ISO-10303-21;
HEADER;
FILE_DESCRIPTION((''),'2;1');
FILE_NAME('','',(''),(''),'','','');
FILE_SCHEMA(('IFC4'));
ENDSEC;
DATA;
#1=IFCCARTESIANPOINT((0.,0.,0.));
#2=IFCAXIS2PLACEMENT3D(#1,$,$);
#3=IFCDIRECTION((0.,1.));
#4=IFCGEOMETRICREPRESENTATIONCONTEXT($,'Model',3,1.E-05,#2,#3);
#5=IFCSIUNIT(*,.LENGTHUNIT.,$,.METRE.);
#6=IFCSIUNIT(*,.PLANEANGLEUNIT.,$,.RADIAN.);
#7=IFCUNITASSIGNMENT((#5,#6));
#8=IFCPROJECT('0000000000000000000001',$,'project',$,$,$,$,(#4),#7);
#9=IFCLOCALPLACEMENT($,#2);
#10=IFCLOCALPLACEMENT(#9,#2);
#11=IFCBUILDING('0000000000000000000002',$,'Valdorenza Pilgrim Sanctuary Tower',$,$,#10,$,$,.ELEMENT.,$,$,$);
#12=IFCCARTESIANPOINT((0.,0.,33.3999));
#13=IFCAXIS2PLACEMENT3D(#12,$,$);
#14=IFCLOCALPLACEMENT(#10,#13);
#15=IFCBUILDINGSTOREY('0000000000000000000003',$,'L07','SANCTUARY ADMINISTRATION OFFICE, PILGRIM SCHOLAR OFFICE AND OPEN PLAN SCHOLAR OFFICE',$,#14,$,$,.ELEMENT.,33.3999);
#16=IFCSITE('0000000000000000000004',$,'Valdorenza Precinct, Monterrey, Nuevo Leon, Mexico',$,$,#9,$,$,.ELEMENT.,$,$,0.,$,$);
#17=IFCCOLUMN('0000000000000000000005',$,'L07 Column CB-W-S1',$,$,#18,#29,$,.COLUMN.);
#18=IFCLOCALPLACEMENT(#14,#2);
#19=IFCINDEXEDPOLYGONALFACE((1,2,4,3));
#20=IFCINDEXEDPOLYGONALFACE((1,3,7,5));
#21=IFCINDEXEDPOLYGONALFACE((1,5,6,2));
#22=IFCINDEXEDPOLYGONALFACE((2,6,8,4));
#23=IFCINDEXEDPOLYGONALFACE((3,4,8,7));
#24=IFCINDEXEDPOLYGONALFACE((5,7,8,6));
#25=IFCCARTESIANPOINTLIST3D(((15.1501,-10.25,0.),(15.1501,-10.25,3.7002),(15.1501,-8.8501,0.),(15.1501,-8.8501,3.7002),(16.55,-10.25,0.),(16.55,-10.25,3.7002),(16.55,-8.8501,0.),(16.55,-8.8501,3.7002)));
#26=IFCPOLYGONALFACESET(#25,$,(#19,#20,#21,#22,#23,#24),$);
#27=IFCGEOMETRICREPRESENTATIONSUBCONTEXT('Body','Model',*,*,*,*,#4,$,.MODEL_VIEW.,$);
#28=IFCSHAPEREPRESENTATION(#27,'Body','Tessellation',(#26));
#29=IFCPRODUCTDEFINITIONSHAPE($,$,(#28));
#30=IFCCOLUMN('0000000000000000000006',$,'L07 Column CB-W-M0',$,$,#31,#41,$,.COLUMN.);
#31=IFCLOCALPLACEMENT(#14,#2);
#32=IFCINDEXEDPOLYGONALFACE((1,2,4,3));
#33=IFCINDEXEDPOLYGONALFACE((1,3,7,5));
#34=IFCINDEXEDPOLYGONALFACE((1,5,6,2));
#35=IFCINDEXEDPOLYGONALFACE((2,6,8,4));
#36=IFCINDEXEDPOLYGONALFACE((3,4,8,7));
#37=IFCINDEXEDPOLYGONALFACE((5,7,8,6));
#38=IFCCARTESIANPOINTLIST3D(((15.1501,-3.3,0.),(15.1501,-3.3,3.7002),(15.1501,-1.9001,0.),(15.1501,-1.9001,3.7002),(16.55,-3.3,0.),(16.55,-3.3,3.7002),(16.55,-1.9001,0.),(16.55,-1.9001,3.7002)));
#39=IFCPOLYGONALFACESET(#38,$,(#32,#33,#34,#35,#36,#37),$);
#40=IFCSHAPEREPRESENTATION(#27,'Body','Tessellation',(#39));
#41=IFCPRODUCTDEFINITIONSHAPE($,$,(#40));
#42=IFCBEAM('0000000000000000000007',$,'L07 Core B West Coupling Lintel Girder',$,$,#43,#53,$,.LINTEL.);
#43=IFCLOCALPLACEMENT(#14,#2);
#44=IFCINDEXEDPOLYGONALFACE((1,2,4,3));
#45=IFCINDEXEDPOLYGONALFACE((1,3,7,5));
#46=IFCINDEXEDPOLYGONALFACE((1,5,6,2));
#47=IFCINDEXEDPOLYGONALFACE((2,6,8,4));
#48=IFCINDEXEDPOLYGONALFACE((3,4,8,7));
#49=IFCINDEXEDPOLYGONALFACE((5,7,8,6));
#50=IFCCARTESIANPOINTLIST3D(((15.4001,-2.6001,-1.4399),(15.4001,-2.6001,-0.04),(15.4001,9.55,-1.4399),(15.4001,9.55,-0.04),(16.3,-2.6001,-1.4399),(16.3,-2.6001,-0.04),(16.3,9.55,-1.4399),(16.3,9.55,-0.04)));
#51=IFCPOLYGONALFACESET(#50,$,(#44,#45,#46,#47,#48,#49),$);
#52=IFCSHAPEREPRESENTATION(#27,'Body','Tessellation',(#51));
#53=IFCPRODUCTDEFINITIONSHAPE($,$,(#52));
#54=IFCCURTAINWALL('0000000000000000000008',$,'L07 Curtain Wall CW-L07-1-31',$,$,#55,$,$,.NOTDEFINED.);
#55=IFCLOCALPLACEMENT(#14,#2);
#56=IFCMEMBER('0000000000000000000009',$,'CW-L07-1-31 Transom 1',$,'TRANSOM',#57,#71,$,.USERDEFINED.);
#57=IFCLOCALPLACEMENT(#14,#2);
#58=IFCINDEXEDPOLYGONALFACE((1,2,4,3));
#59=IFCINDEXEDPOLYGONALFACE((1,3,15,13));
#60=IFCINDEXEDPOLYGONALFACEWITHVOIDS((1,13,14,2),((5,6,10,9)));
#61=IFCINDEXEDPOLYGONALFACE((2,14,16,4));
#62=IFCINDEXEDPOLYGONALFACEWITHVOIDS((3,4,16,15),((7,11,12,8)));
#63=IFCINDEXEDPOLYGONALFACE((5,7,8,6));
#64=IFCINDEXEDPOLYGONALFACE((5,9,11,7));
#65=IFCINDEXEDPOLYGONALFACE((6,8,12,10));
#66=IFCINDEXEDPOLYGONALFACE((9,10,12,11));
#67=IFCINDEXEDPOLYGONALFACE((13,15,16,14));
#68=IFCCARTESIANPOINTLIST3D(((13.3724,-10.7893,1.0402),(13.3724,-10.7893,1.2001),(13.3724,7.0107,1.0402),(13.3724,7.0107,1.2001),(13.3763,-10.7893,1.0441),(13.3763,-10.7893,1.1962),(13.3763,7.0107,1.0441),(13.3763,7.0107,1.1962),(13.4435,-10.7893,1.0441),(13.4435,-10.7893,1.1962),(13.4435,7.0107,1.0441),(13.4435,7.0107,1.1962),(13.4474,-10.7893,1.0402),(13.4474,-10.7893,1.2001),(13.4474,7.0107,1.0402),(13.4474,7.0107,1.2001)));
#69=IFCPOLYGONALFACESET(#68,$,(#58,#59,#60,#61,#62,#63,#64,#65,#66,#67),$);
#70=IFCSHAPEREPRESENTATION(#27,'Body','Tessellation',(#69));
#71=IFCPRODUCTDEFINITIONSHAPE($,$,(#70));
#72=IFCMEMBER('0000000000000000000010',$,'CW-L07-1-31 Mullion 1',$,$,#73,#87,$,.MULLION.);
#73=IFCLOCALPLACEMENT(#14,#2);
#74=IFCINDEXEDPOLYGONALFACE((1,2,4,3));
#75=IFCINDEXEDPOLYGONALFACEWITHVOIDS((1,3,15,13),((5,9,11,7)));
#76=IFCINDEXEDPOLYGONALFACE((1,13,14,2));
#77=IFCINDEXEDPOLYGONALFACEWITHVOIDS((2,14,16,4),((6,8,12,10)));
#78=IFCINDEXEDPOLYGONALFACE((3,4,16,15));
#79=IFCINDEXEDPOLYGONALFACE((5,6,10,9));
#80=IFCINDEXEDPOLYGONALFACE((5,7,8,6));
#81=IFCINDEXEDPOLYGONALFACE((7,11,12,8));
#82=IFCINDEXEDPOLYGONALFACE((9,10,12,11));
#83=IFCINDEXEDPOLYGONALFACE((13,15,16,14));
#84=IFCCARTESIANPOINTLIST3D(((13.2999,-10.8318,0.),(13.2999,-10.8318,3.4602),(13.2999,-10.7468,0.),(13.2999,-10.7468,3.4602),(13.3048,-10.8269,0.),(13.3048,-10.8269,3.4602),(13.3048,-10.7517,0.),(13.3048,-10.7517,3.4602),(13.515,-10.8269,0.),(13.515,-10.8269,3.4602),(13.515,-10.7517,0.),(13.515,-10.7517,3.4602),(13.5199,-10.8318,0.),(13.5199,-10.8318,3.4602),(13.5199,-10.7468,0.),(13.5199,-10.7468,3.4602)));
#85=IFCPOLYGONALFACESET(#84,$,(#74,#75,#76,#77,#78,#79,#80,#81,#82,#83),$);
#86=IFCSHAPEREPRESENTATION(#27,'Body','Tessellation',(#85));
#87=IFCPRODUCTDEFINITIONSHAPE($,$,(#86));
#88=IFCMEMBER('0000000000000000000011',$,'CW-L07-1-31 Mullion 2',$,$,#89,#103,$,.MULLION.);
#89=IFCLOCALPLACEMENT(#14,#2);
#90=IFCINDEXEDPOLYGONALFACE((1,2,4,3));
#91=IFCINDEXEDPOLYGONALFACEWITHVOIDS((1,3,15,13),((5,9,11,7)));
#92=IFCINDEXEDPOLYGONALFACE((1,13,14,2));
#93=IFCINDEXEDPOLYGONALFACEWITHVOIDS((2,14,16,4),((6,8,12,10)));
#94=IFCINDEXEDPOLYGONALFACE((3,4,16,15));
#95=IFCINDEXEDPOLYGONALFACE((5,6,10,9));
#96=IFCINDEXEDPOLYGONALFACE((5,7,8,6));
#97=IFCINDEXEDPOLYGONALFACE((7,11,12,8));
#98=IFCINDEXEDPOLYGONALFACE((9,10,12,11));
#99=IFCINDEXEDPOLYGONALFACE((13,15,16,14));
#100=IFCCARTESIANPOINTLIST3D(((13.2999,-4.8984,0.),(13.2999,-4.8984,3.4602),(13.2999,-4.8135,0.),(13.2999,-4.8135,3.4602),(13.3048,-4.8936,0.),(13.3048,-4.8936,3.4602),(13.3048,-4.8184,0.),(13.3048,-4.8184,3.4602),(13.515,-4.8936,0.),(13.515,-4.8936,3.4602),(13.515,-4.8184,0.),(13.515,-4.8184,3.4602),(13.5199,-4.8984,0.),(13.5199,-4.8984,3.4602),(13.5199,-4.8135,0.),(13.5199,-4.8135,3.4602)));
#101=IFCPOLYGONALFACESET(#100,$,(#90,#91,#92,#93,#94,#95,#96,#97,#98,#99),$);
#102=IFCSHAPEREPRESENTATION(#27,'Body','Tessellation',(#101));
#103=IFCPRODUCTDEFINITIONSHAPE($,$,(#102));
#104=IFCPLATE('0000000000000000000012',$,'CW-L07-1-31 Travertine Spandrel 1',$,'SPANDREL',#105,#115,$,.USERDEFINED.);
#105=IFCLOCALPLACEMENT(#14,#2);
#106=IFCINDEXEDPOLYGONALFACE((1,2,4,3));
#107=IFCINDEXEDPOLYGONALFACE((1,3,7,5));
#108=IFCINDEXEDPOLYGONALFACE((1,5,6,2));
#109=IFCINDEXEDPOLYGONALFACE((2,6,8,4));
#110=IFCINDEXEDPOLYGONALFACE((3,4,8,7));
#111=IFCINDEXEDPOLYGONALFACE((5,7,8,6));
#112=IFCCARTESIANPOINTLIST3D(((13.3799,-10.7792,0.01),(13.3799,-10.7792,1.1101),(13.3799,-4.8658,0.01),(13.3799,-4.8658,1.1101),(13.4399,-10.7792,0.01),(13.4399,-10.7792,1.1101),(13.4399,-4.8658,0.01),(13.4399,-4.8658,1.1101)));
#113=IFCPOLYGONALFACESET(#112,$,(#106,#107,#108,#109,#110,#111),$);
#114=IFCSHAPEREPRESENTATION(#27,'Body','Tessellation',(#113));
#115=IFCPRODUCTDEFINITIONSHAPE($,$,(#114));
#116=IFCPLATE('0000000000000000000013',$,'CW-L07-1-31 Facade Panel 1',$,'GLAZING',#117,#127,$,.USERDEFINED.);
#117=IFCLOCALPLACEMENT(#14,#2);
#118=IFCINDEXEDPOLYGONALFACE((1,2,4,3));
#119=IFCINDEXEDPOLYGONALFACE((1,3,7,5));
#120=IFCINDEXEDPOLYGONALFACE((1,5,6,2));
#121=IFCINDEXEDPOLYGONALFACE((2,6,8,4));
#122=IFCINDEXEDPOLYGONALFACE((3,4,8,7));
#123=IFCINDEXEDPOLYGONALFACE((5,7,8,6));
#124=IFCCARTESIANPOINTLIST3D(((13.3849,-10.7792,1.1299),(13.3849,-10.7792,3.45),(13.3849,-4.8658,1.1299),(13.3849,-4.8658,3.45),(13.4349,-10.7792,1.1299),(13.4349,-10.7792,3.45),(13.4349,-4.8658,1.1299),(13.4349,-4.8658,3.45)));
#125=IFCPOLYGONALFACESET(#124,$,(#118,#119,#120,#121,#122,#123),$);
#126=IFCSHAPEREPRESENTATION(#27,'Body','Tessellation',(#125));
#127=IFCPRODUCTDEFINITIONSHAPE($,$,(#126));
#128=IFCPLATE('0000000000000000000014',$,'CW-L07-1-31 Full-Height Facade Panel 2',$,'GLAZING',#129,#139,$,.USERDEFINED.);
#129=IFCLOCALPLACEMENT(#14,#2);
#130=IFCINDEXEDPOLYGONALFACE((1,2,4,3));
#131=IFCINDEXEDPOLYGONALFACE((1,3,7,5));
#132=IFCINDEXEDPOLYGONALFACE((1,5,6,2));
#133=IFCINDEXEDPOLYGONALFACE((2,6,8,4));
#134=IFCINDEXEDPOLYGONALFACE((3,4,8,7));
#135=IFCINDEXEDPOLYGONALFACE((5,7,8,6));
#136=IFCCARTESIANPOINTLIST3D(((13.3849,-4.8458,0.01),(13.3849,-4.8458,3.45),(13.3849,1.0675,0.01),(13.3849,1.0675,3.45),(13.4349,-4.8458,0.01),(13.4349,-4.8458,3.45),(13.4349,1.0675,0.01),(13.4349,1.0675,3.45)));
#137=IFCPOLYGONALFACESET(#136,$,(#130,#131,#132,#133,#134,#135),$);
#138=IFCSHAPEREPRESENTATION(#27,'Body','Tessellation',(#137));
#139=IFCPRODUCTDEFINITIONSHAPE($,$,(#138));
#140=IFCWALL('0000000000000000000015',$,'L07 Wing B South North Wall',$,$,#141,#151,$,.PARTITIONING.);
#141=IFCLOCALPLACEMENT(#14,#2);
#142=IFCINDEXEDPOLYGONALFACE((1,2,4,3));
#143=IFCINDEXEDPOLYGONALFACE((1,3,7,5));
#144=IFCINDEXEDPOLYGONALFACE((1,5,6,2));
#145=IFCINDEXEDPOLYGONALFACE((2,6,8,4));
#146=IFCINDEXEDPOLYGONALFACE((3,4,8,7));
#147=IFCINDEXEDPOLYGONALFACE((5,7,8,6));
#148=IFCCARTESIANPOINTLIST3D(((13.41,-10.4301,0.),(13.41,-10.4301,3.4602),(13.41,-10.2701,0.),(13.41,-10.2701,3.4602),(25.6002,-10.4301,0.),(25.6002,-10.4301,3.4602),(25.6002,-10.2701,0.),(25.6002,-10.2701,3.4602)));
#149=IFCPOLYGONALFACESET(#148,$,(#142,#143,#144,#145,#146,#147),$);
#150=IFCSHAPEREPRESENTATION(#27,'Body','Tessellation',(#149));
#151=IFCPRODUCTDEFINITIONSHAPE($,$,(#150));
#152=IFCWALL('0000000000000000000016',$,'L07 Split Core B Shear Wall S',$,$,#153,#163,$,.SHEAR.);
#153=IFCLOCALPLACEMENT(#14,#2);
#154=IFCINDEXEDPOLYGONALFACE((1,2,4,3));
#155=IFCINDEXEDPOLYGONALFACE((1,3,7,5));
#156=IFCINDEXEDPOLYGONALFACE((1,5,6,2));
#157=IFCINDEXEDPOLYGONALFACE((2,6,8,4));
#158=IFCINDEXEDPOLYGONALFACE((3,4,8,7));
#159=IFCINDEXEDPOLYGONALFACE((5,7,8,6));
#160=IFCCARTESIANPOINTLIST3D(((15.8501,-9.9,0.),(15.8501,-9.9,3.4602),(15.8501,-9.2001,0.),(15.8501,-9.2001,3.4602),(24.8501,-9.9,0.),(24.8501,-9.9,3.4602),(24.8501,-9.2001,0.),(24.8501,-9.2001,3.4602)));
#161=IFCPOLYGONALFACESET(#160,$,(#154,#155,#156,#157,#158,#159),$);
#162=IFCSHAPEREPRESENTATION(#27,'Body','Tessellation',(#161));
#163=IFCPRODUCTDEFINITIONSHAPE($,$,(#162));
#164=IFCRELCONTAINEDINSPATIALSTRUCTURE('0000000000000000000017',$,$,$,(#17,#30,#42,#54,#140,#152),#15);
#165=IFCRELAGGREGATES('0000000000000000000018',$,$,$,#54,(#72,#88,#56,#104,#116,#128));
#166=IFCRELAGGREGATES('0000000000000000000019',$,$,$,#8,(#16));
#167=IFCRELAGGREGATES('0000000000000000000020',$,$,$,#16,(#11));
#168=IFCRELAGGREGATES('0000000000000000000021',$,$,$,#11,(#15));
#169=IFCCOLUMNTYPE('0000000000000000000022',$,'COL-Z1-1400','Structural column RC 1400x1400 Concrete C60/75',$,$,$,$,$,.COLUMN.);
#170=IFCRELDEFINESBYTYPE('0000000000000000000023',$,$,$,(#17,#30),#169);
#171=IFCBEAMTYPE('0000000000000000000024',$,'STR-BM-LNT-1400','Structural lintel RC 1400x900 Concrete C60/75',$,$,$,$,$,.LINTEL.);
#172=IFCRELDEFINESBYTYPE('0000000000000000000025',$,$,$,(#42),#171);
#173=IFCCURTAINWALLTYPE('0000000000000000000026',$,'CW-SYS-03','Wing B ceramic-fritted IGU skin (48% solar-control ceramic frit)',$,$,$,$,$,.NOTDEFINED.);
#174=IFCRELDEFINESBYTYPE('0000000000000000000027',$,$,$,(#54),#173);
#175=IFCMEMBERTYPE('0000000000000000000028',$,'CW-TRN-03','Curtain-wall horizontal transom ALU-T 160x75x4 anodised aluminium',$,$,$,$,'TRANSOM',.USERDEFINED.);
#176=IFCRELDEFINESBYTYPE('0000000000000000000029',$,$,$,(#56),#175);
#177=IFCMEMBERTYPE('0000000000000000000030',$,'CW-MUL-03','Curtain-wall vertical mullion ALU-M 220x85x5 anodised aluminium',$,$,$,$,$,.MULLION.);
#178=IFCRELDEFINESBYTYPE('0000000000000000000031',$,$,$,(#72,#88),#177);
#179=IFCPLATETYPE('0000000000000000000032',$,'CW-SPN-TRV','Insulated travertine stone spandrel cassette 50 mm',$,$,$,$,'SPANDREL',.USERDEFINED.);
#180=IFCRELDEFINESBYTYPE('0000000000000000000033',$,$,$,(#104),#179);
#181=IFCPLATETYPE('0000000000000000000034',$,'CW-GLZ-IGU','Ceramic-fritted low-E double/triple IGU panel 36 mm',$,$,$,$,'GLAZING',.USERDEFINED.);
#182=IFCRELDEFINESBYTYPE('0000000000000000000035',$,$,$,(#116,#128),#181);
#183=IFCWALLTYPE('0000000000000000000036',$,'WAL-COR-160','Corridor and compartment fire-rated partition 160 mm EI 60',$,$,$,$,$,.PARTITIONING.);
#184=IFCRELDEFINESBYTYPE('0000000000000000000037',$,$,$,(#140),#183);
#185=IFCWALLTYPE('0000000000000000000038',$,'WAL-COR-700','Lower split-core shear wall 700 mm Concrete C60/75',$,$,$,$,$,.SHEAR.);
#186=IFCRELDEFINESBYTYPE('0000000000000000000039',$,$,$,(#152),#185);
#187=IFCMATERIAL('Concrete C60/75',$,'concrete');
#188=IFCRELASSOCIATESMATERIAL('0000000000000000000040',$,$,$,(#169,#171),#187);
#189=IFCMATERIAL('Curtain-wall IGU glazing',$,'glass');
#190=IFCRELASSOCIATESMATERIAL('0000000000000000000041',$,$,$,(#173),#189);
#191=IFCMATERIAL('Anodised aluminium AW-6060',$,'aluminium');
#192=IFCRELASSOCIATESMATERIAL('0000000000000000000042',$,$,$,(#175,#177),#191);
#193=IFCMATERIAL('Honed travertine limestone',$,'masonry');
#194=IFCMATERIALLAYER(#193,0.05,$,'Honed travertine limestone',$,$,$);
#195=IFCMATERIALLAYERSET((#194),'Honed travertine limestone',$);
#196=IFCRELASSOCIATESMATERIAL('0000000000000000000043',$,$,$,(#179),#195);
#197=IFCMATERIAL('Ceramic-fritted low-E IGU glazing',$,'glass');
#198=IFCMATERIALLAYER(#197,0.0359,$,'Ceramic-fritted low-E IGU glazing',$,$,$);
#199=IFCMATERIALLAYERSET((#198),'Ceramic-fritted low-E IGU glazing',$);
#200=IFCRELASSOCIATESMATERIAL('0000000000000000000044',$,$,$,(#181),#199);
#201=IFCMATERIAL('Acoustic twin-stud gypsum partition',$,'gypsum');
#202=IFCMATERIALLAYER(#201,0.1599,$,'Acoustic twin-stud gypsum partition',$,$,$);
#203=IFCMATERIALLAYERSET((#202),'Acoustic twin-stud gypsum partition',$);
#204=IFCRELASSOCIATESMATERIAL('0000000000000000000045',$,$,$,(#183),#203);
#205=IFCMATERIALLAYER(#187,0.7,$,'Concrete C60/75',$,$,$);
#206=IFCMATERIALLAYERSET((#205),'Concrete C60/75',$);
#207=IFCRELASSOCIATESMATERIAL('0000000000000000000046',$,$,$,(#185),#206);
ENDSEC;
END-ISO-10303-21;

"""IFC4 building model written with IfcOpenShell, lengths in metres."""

from ifc_helpers import new_model, si_unit, direction, frame, frame_2d, origin, origin_2d, place, context, subcontext, project, spatial, rectangle, hollow_rectangle, extrude, source, transform, mapped, material, layer, layer_set, material_profile, profile_set, type_object, element, aggregate, save


model = new_model("IFC4")

# Units and contexts
model_context = context("Model", 3, precision=1e-05, world=origin(), true_north=direction((0.0, 1.0)))
body_context = subcontext(model_context, "Body", "Model", "MODEL_VIEW")
ifc_project = project(units=[si_unit("LENGTHUNIT", "METRE"), si_unit("PLANEANGLEUNIT", "RADIAN")], contexts=[model_context])

# Site, building, storey
site_placement = place(None, origin())
site = spatial("IfcSite", under=ifc_project, at=site_placement, Name="Valdorenza Precinct, Monterrey, Nuevo Leon, Mexico", CompositionType="ELEMENT", RefElevation=0.0)
building_placement = place(site_placement, origin())
building = spatial("IfcBuilding", under=site, at=building_placement, Name="Valdorenza Pilgrim Sanctuary Tower", CompositionType="ELEMENT")
storey_placement = place(building_placement, frame((0.0, 0.0, 33.3999)))
storey = spatial("IfcBuildingStorey", under=building, at=storey_placement, Name="L07", Description="SANCTUARY ADMINISTRATION OFFICE, PILGRIM SCHOLAR OFFICE AND OPEN PLAN SCHOLAR OFFICE", CompositionType="ELEMENT", Elevation=33.3999)

# Columns
ifc_material_1 = material(Name="Concrete C60/75", Category="concrete")
ifc_material_profile_1 = material_profile(ifc_material_1, rectangle(XDim=1.3999, YDim=1.3999, at=origin_2d()), Name="RC 1400x1400")
ifc_profile_set_1 = profile_set([ifc_material_profile_1], Name="Concrete C60/75")
column_type = type_object("IfcColumnType", Name="COL-Z1-1400", Description="Structural column RC 1400x1400 Concrete C60/75", PredefinedType="COLUMN", material=ifc_profile_set_1)
shared_shape_1 = source(origin(), body_context, "Body", "SweptSolid", [
    extrude(rectangle(XDim=1.3999, YDim=1.3999, at=origin_2d()), origin(), (0.0, 0.0, 1.0), 3.7002),
])
for number, where, z_axis, x_axis, name in (
    (1, (15.8501, -9.55, 0.0), (0.0, 0.0, 1.0), (1.0, 0.0, 0.0), "L07 Column CB-W-S1"),
    (2, (15.8501, -2.6001, 0.0), (0.0, 0.0, 1.0), (1.0, 0.0, 0.0), "L07 Column CB-W-M0"),
):
    element("IfcColumn", number, at=place(storey_placement, frame(where, z_axis=z_axis, x_axis=x_axis)), inside=storey, type_object=column_type, Name=name, PredefinedType="COLUMN", context=body_context, shape_type="MappedRepresentation", body=[
        mapped(shared_shape_1, transform((0.0, 0.0, 0.0), x_axis=(1.0, 0.0, 0.0), y_axis=(0.0, 1.0, 0.0), z_axis=(0.0, 0.0, 1.0), scale=1.0)),
    ])

# Beam
ifc_material_profile_2 = material_profile(ifc_material_1, rectangle(XDim=0.8999, YDim=1.3999, at=origin_2d()), Name="RC 1400x900")
ifc_profile_set_2 = profile_set([ifc_material_profile_2], Name="Concrete C60/75")
beam_type = type_object("IfcBeamType", Name="STR-BM-LNT-1400", Description="Structural lintel RC 1400x900 Concrete C60/75", PredefinedType="LINTEL", material=ifc_profile_set_2)
shared_shape_2 = source(origin(), body_context, "Body", "SweptSolid", [
    extrude(rectangle(XDim=0.8999, YDim=1.3999, at=origin_2d()), origin(), (0.0, 0.0, 1.0), 12.1501),
])
beam_placement = place(storey_placement, frame((15.8501, -2.6001, -0.74), z_axis=(0.0, 1.0, 0.0), x_axis=(-1.0, 0.0, 0.0)))
element("IfcBeam", 3, at=beam_placement, inside=storey, type_object=beam_type, Name="L07 Core B West Coupling Lintel Girder", PredefinedType="LINTEL", context=body_context, shape_type="MappedRepresentation", body=[
    mapped(shared_shape_2, transform((0.0, 0.0, 0.0), x_axis=(1.0, 0.0, 0.0), y_axis=(0.0, 1.0, 0.0), z_axis=(0.0, 0.0, 1.0), scale=1.0)),
])

# Curtain wall, members, plates
ifc_material_2 = material(Name="Curtain-wall IGU glazing", Category="glass")
curtain_wall_type = type_object("IfcCurtainWallType", Name="CW-SYS-03", Description="Wing B ceramic-fritted IGU skin (48% solar-control ceramic frit)", PredefinedType="NOTDEFINED", material=ifc_material_2)
curtain_wall_placement = place(storey_placement, origin())
curtain_wall = element("IfcCurtainWall", 4, at=curtain_wall_placement, inside=storey, type_object=curtain_wall_type, Name="L07 Curtain Wall CW-L07-1-31", PredefinedType="NOTDEFINED")
ifc_material_3 = material(Name="Anodised aluminium AW-6060", Category="aluminium")
ifc_material_profile_3 = material_profile(ifc_material_3, hollow_rectangle(XDim=0.075, YDim=0.1599, WallThickness=0.0039, at=origin_2d()), Name="ALU-T 160x75x4")
ifc_profile_set_3 = profile_set([ifc_material_profile_3], Name="Anodised aluminium AW-6060")
member_type_1 = type_object("IfcMemberType", Name="CW-TRN-03", Description="Curtain-wall horizontal transom ALU-T 160x75x4 anodised aluminium", ElementType="TRANSOM", PredefinedType="USERDEFINED", material=ifc_profile_set_3)
shared_shape_3 = source(origin(), body_context, "Body", "SweptSolid", [
    extrude(hollow_rectangle(XDim=0.075, YDim=0.1599, WallThickness=0.0039, at=origin_2d()), origin(), (0.0, 0.0, 1.0), 17.8),
])
member_1_placement = place(storey_placement, frame((13.4099, -10.7893, 1.1201), z_axis=(0.0, 1.0, 0.0), x_axis=(-1.0, 0.0, 0.0)))
member_1 = element("IfcMember", 5, at=member_1_placement, type_object=member_type_1, Name="CW-L07-1-31 Transom 1", ObjectType="TRANSOM", PredefinedType="USERDEFINED", context=body_context, shape_type="MappedRepresentation", body=[
    mapped(shared_shape_3, transform((0.0, 0.0, 0.0), x_axis=(1.0, 0.0, 0.0), y_axis=(0.0, 1.0, 0.0), z_axis=(0.0, 0.0, 1.0), scale=1.0)),
])
ifc_material_profile_4 = material_profile(ifc_material_3, hollow_rectangle(XDim=0.085, YDim=0.22, WallThickness=0.0049, at=origin_2d()), Name="ALU-M 220x85x5")
ifc_profile_set_4 = profile_set([ifc_material_profile_4], Name="Anodised aluminium AW-6060")
member_type_2 = type_object("IfcMemberType", Name="CW-MUL-03", Description="Curtain-wall vertical mullion ALU-M 220x85x5 anodised aluminium", PredefinedType="MULLION", material=ifc_profile_set_4)
shared_shape_4 = source(origin(), body_context, "Body", "SweptSolid", [
    extrude(hollow_rectangle(XDim=0.085, YDim=0.22, WallThickness=0.0049, at=origin_2d()), origin(), (0.0, 0.0, 1.0), 3.4602),
])
member_2_placement = place(storey_placement, frame((13.4099, -10.7893, 0.0), z_axis=(0.0, 0.0, 1.0), x_axis=(0.0, 1.0, 0.0)))
member_2 = element("IfcMember", 6, at=member_2_placement, type_object=member_type_2, Name="CW-L07-1-31 Mullion 1", PredefinedType="MULLION", context=body_context, shape_type="MappedRepresentation", body=[
    mapped(shared_shape_4, transform((0.0, 0.0, 0.0), x_axis=(1.0, 0.0, 0.0), y_axis=(0.0, 1.0, 0.0), z_axis=(0.0, 0.0, 1.0), scale=1.0)),
])
member_3_placement = place(storey_placement, frame((13.4099, -4.856, 0.0), z_axis=(0.0, 0.0, 1.0), x_axis=(0.0, 1.0, 0.0)))
member_3 = element("IfcMember", 7, at=member_3_placement, type_object=member_type_2, Name="CW-L07-1-31 Mullion 2", PredefinedType="MULLION", context=body_context, shape_type="MappedRepresentation", body=[
    mapped(shared_shape_4, transform((0.0, 0.0, 0.0), x_axis=(1.0, 0.0, 0.0), y_axis=(0.0, 1.0, 0.0), z_axis=(0.0, 0.0, 1.0), scale=1.0)),
])
ifc_material_4 = material(Name="Honed travertine limestone", Category="masonry")
ifc_layer_1 = layer(ifc_material_4, 0.05, Name="Honed travertine limestone")
ifc_layer_set_1 = layer_set([ifc_layer_1], Name="Honed travertine limestone")
plate_type_1 = type_object("IfcPlateType", Name="CW-SPN-TRV", Description="Insulated travertine stone spandrel cassette 50 mm", ElementType="SPANDREL", PredefinedType="USERDEFINED", material=ifc_layer_set_1)
shared_shape_5 = source(origin(), body_context, "Body", "SweptSolid", [
    extrude(rectangle(XDim=5.9133, YDim=0.0601, at=origin_2d()), origin(), (0.0, 0.0, 1.0), 1.1001),
])
plate_1_placement = place(storey_placement, frame((13.4099, -7.8225, 0.01), z_axis=(0.0, 0.0, 1.0), x_axis=(0.0, 1.0, 0.0)))
plate_1 = element("IfcPlate", 8, at=plate_1_placement, type_object=plate_type_1, Name="CW-L07-1-31 Travertine Spandrel 1", ObjectType="SPANDREL", PredefinedType="USERDEFINED", context=body_context, shape_type="MappedRepresentation", body=[
    mapped(shared_shape_5, transform((0.0, 0.0, 0.0), x_axis=(1.0, 0.0, 0.0), y_axis=(0.0, 1.0, 0.0), z_axis=(0.0, 0.0, 1.0), scale=1.0)),
])
ifc_material_5 = material(Name="Ceramic-fritted low-E IGU glazing", Category="glass")
ifc_layer_2 = layer(ifc_material_5, 0.0359, Name="Ceramic-fritted low-E IGU glazing")
ifc_layer_set_2 = layer_set([ifc_layer_2], Name="Ceramic-fritted low-E IGU glazing")
plate_type_2 = type_object("IfcPlateType", Name="CW-GLZ-IGU", Description="Ceramic-fritted low-E double/triple IGU panel 36 mm", ElementType="GLAZING", PredefinedType="USERDEFINED", material=ifc_layer_set_2)
shared_shape_6 = source(origin(), body_context, "Body", "SweptSolid", [
    extrude(rectangle(XDim=5.9133, YDim=0.05, at=origin_2d()), origin(), (0.0, 0.0, 1.0), 2.3201),
])
plate_2_placement = place(storey_placement, frame((13.4099, -7.8225, 1.1299), z_axis=(0.0, 0.0, 1.0), x_axis=(0.0, 1.0, 0.0)))
plate_2 = element("IfcPlate", 9, at=plate_2_placement, type_object=plate_type_2, Name="CW-L07-1-31 Facade Panel 1", ObjectType="GLAZING", PredefinedType="USERDEFINED", context=body_context, shape_type="MappedRepresentation", body=[
    mapped(shared_shape_6, transform((0.0, 0.0, 0.0), x_axis=(1.0, 0.0, 0.0), y_axis=(0.0, 1.0, 0.0), z_axis=(0.0, 0.0, 1.0), scale=1.0)),
])
shared_shape_7 = source(origin(), body_context, "Body", "SweptSolid", [
    extrude(rectangle(XDim=5.9133, YDim=0.05, at=origin_2d()), origin(), (0.0, 0.0, 1.0), 3.4399),
])
plate_3_placement = place(storey_placement, frame((13.4099, -1.8892, 0.01), z_axis=(0.0, 0.0, 1.0), x_axis=(0.0, 1.0, 0.0)))
plate_3 = element("IfcPlate", 10, at=plate_3_placement, type_object=plate_type_2, Name="CW-L07-1-31 Full-Height Facade Panel 2", ObjectType="GLAZING", PredefinedType="USERDEFINED", context=body_context, shape_type="MappedRepresentation", body=[
    mapped(shared_shape_7, transform((0.0, 0.0, 0.0), x_axis=(1.0, 0.0, 0.0), y_axis=(0.0, 1.0, 0.0), z_axis=(0.0, 0.0, 1.0), scale=1.0)),
])
aggregate(curtain_wall, [member_2, member_3, member_1, plate_1, plate_2, plate_3])

# Walls
ifc_material_6 = material(Name="Acoustic twin-stud gypsum partition", Category="gypsum")
ifc_layer_3 = layer(ifc_material_6, 0.1599, Name="Acoustic twin-stud gypsum partition")
ifc_layer_set_3 = layer_set([ifc_layer_3], Name="Acoustic twin-stud gypsum partition")
wall_type_1 = type_object("IfcWallType", Name="WAL-COR-160", Description="Corridor and compartment fire-rated partition 160 mm EI 60", PredefinedType="PARTITIONING", material=ifc_layer_set_3)
wall_1_placement = place(storey_placement, frame((13.4099, -10.3501, 0.0), z_axis=(0.0, 0.0, 1.0), x_axis=(1.0, 0.0, 0.0)))
element("IfcWall", 11, at=wall_1_placement, inside=storey, type_object=wall_type_1, Name="L07 Wing B South North Wall", PredefinedType="PARTITIONING", context=body_context, shape_type="SweptSolid", body=[
    extrude(rectangle(XDim=12.1902, YDim=0.1599, at=frame_2d((6.0952, 0.0))), origin(), (0.0, 0.0, 1.0), 3.4602),
])
ifc_layer_4 = layer(ifc_material_1, 0.7, Name="Concrete C60/75")
ifc_layer_set_4 = layer_set([ifc_layer_4], Name="Concrete C60/75")
wall_type_2 = type_object("IfcWallType", Name="WAL-COR-700", Description="Lower split-core shear wall 700 mm Concrete C60/75", PredefinedType="SHEAR", material=ifc_layer_set_4)
wall_2_placement = place(storey_placement, frame((15.8501, -9.55, 0.0), z_axis=(0.0, 0.0, 1.0), x_axis=(1.0, 0.0, 0.0)))
element("IfcWall", 12, at=wall_2_placement, inside=storey, type_object=wall_type_2, Name="L07 Split Core B Shear Wall S", PredefinedType="SHEAR", context=body_context, shape_type="SweptSolid", body=[
    extrude(rectangle(XDim=9.0, YDim=0.7, at=frame_2d((4.5, 0.0))), origin(), (0.0, 0.0, 1.0), 3.4602),
])

save(model, "model.ifc")
